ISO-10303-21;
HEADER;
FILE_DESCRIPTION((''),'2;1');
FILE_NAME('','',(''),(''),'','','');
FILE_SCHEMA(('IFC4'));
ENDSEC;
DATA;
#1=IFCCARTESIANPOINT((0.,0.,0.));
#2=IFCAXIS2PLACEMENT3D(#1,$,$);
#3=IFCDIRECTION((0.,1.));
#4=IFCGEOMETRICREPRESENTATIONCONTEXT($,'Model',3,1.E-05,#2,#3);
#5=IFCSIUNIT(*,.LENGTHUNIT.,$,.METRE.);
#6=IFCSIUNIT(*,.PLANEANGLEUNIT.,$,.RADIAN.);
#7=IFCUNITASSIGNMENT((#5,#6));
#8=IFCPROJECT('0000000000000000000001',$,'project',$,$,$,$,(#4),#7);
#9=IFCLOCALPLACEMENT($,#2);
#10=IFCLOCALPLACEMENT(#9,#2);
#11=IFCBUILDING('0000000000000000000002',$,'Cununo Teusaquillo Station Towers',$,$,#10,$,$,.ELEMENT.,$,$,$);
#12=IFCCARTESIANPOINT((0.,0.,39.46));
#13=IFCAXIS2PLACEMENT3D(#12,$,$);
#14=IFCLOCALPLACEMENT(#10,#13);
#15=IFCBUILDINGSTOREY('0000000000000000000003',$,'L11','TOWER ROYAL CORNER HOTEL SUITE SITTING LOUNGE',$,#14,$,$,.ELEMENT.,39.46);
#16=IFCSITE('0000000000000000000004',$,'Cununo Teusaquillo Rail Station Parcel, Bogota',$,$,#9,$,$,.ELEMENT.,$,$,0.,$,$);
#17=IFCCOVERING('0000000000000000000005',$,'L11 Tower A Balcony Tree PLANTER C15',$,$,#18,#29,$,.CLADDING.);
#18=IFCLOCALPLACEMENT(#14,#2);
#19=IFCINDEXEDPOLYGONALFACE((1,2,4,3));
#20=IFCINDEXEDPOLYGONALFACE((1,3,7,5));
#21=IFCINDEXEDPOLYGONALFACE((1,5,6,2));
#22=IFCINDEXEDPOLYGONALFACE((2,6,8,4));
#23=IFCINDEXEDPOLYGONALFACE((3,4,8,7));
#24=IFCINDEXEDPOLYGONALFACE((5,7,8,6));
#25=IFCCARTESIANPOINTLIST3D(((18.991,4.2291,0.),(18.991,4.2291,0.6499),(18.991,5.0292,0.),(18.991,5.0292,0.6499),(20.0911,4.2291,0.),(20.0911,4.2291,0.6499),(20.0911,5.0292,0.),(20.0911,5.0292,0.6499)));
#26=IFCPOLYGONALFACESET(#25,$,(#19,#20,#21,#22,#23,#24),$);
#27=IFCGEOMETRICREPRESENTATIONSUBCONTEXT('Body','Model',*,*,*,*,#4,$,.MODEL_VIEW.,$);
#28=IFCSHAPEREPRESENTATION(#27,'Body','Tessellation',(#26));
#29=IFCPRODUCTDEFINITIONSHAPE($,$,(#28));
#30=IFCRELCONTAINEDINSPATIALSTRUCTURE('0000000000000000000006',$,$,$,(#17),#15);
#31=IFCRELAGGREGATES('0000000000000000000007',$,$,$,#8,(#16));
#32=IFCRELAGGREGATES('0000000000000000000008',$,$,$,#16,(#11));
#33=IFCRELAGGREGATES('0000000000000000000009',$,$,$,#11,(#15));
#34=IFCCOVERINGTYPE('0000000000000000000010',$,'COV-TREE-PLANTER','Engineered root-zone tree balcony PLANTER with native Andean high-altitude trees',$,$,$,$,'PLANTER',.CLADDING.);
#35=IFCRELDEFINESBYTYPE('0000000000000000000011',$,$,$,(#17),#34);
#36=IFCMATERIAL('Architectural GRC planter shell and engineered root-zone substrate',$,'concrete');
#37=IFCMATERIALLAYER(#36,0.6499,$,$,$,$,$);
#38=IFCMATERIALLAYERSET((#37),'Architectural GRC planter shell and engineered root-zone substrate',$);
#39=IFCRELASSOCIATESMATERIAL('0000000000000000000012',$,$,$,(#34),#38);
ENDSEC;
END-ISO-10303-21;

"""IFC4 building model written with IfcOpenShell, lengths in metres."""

from ifc_helpers import new_model, si_unit, direction, frame, origin, origin_2d, place, context, subcontext, project, spatial, rectangle, extrude, source, transform, mapped, material, layer, layer_set, type_object, element, save


model = new_model("IFC4")

# Units and contexts
model_context = context("Model", 3, precision=1e-05, world=origin(), true_north=direction((0.0, 1.0)))
body_context = subcontext(model_context, "Body", "Model", "MODEL_VIEW")
ifc_project = project(units=[si_unit("LENGTHUNIT", "METRE"), si_unit("PLANEANGLEUNIT", "RADIAN")], contexts=[model_context])

# Site, building, storey
site_placement = place(None, origin())
site = spatial("IfcSite", under=ifc_project, at=site_placement, Name="Cununo Teusaquillo Rail Station Parcel, Bogota", CompositionType="ELEMENT", RefElevation=0.0)
building_placement = place(site_placement, origin())
building = spatial("IfcBuilding", under=site, at=building_placement, Name="Cununo Teusaquillo Station Towers", CompositionType="ELEMENT")
storey_placement = place(building_placement, frame((0.0, 0.0, 39.46)))
storey = spatial("IfcBuildingStorey", under=building, at=storey_placement, Name="L11", Description="TOWER ROYAL CORNER HOTEL SUITE SITTING LOUNGE", CompositionType="ELEMENT", Elevation=39.46)

# Covering
ifc_material_1 = material(Name="Architectural GRC planter shell and engineered root-zone substrate", Category="concrete")
ifc_layer_1 = layer(ifc_material_1, 0.6499)
ifc_layer_set_1 = layer_set([ifc_layer_1], Name="Architectural GRC planter shell and engineered root-zone substrate")
covering_type = type_object("IfcCoveringType", Name="COV-TREE-PLANTER", Description="Engineered root-zone tree balcony PLANTER with native Andean high-altitude trees", ElementType="PLANTER", PredefinedType="CLADDING", material=ifc_layer_set_1)
shared_shape_1 = source(origin(), body_context, "Body", "SweptSolid", [
    extrude(rectangle(XDim=1.1001, YDim=0.8, at=origin_2d()), origin(), (0.0, 0.0, 1.0), 0.6499),
])
covering_placement = place(storey_placement, frame((19.541, 4.6292, 0.0), z_axis=(0.0, 0.0, 1.0), x_axis=(1.0, 0.0, 0.0)))
element("IfcCovering", 1, at=covering_placement, inside=storey, type_object=covering_type, Name="L11 Tower A Balcony Tree PLANTER C15", PredefinedType="CLADDING", context=body_context, shape_type="MappedRepresentation", body=[
    mapped(shared_shape_1, transform((0.0, 0.0, 0.0), x_axis=(1.0, 0.0, 0.0), y_axis=(0.0, 1.0, 0.0), z_axis=(0.0, 0.0, 1.0), scale=1.0)),
])

save(model, "model.ifc")
